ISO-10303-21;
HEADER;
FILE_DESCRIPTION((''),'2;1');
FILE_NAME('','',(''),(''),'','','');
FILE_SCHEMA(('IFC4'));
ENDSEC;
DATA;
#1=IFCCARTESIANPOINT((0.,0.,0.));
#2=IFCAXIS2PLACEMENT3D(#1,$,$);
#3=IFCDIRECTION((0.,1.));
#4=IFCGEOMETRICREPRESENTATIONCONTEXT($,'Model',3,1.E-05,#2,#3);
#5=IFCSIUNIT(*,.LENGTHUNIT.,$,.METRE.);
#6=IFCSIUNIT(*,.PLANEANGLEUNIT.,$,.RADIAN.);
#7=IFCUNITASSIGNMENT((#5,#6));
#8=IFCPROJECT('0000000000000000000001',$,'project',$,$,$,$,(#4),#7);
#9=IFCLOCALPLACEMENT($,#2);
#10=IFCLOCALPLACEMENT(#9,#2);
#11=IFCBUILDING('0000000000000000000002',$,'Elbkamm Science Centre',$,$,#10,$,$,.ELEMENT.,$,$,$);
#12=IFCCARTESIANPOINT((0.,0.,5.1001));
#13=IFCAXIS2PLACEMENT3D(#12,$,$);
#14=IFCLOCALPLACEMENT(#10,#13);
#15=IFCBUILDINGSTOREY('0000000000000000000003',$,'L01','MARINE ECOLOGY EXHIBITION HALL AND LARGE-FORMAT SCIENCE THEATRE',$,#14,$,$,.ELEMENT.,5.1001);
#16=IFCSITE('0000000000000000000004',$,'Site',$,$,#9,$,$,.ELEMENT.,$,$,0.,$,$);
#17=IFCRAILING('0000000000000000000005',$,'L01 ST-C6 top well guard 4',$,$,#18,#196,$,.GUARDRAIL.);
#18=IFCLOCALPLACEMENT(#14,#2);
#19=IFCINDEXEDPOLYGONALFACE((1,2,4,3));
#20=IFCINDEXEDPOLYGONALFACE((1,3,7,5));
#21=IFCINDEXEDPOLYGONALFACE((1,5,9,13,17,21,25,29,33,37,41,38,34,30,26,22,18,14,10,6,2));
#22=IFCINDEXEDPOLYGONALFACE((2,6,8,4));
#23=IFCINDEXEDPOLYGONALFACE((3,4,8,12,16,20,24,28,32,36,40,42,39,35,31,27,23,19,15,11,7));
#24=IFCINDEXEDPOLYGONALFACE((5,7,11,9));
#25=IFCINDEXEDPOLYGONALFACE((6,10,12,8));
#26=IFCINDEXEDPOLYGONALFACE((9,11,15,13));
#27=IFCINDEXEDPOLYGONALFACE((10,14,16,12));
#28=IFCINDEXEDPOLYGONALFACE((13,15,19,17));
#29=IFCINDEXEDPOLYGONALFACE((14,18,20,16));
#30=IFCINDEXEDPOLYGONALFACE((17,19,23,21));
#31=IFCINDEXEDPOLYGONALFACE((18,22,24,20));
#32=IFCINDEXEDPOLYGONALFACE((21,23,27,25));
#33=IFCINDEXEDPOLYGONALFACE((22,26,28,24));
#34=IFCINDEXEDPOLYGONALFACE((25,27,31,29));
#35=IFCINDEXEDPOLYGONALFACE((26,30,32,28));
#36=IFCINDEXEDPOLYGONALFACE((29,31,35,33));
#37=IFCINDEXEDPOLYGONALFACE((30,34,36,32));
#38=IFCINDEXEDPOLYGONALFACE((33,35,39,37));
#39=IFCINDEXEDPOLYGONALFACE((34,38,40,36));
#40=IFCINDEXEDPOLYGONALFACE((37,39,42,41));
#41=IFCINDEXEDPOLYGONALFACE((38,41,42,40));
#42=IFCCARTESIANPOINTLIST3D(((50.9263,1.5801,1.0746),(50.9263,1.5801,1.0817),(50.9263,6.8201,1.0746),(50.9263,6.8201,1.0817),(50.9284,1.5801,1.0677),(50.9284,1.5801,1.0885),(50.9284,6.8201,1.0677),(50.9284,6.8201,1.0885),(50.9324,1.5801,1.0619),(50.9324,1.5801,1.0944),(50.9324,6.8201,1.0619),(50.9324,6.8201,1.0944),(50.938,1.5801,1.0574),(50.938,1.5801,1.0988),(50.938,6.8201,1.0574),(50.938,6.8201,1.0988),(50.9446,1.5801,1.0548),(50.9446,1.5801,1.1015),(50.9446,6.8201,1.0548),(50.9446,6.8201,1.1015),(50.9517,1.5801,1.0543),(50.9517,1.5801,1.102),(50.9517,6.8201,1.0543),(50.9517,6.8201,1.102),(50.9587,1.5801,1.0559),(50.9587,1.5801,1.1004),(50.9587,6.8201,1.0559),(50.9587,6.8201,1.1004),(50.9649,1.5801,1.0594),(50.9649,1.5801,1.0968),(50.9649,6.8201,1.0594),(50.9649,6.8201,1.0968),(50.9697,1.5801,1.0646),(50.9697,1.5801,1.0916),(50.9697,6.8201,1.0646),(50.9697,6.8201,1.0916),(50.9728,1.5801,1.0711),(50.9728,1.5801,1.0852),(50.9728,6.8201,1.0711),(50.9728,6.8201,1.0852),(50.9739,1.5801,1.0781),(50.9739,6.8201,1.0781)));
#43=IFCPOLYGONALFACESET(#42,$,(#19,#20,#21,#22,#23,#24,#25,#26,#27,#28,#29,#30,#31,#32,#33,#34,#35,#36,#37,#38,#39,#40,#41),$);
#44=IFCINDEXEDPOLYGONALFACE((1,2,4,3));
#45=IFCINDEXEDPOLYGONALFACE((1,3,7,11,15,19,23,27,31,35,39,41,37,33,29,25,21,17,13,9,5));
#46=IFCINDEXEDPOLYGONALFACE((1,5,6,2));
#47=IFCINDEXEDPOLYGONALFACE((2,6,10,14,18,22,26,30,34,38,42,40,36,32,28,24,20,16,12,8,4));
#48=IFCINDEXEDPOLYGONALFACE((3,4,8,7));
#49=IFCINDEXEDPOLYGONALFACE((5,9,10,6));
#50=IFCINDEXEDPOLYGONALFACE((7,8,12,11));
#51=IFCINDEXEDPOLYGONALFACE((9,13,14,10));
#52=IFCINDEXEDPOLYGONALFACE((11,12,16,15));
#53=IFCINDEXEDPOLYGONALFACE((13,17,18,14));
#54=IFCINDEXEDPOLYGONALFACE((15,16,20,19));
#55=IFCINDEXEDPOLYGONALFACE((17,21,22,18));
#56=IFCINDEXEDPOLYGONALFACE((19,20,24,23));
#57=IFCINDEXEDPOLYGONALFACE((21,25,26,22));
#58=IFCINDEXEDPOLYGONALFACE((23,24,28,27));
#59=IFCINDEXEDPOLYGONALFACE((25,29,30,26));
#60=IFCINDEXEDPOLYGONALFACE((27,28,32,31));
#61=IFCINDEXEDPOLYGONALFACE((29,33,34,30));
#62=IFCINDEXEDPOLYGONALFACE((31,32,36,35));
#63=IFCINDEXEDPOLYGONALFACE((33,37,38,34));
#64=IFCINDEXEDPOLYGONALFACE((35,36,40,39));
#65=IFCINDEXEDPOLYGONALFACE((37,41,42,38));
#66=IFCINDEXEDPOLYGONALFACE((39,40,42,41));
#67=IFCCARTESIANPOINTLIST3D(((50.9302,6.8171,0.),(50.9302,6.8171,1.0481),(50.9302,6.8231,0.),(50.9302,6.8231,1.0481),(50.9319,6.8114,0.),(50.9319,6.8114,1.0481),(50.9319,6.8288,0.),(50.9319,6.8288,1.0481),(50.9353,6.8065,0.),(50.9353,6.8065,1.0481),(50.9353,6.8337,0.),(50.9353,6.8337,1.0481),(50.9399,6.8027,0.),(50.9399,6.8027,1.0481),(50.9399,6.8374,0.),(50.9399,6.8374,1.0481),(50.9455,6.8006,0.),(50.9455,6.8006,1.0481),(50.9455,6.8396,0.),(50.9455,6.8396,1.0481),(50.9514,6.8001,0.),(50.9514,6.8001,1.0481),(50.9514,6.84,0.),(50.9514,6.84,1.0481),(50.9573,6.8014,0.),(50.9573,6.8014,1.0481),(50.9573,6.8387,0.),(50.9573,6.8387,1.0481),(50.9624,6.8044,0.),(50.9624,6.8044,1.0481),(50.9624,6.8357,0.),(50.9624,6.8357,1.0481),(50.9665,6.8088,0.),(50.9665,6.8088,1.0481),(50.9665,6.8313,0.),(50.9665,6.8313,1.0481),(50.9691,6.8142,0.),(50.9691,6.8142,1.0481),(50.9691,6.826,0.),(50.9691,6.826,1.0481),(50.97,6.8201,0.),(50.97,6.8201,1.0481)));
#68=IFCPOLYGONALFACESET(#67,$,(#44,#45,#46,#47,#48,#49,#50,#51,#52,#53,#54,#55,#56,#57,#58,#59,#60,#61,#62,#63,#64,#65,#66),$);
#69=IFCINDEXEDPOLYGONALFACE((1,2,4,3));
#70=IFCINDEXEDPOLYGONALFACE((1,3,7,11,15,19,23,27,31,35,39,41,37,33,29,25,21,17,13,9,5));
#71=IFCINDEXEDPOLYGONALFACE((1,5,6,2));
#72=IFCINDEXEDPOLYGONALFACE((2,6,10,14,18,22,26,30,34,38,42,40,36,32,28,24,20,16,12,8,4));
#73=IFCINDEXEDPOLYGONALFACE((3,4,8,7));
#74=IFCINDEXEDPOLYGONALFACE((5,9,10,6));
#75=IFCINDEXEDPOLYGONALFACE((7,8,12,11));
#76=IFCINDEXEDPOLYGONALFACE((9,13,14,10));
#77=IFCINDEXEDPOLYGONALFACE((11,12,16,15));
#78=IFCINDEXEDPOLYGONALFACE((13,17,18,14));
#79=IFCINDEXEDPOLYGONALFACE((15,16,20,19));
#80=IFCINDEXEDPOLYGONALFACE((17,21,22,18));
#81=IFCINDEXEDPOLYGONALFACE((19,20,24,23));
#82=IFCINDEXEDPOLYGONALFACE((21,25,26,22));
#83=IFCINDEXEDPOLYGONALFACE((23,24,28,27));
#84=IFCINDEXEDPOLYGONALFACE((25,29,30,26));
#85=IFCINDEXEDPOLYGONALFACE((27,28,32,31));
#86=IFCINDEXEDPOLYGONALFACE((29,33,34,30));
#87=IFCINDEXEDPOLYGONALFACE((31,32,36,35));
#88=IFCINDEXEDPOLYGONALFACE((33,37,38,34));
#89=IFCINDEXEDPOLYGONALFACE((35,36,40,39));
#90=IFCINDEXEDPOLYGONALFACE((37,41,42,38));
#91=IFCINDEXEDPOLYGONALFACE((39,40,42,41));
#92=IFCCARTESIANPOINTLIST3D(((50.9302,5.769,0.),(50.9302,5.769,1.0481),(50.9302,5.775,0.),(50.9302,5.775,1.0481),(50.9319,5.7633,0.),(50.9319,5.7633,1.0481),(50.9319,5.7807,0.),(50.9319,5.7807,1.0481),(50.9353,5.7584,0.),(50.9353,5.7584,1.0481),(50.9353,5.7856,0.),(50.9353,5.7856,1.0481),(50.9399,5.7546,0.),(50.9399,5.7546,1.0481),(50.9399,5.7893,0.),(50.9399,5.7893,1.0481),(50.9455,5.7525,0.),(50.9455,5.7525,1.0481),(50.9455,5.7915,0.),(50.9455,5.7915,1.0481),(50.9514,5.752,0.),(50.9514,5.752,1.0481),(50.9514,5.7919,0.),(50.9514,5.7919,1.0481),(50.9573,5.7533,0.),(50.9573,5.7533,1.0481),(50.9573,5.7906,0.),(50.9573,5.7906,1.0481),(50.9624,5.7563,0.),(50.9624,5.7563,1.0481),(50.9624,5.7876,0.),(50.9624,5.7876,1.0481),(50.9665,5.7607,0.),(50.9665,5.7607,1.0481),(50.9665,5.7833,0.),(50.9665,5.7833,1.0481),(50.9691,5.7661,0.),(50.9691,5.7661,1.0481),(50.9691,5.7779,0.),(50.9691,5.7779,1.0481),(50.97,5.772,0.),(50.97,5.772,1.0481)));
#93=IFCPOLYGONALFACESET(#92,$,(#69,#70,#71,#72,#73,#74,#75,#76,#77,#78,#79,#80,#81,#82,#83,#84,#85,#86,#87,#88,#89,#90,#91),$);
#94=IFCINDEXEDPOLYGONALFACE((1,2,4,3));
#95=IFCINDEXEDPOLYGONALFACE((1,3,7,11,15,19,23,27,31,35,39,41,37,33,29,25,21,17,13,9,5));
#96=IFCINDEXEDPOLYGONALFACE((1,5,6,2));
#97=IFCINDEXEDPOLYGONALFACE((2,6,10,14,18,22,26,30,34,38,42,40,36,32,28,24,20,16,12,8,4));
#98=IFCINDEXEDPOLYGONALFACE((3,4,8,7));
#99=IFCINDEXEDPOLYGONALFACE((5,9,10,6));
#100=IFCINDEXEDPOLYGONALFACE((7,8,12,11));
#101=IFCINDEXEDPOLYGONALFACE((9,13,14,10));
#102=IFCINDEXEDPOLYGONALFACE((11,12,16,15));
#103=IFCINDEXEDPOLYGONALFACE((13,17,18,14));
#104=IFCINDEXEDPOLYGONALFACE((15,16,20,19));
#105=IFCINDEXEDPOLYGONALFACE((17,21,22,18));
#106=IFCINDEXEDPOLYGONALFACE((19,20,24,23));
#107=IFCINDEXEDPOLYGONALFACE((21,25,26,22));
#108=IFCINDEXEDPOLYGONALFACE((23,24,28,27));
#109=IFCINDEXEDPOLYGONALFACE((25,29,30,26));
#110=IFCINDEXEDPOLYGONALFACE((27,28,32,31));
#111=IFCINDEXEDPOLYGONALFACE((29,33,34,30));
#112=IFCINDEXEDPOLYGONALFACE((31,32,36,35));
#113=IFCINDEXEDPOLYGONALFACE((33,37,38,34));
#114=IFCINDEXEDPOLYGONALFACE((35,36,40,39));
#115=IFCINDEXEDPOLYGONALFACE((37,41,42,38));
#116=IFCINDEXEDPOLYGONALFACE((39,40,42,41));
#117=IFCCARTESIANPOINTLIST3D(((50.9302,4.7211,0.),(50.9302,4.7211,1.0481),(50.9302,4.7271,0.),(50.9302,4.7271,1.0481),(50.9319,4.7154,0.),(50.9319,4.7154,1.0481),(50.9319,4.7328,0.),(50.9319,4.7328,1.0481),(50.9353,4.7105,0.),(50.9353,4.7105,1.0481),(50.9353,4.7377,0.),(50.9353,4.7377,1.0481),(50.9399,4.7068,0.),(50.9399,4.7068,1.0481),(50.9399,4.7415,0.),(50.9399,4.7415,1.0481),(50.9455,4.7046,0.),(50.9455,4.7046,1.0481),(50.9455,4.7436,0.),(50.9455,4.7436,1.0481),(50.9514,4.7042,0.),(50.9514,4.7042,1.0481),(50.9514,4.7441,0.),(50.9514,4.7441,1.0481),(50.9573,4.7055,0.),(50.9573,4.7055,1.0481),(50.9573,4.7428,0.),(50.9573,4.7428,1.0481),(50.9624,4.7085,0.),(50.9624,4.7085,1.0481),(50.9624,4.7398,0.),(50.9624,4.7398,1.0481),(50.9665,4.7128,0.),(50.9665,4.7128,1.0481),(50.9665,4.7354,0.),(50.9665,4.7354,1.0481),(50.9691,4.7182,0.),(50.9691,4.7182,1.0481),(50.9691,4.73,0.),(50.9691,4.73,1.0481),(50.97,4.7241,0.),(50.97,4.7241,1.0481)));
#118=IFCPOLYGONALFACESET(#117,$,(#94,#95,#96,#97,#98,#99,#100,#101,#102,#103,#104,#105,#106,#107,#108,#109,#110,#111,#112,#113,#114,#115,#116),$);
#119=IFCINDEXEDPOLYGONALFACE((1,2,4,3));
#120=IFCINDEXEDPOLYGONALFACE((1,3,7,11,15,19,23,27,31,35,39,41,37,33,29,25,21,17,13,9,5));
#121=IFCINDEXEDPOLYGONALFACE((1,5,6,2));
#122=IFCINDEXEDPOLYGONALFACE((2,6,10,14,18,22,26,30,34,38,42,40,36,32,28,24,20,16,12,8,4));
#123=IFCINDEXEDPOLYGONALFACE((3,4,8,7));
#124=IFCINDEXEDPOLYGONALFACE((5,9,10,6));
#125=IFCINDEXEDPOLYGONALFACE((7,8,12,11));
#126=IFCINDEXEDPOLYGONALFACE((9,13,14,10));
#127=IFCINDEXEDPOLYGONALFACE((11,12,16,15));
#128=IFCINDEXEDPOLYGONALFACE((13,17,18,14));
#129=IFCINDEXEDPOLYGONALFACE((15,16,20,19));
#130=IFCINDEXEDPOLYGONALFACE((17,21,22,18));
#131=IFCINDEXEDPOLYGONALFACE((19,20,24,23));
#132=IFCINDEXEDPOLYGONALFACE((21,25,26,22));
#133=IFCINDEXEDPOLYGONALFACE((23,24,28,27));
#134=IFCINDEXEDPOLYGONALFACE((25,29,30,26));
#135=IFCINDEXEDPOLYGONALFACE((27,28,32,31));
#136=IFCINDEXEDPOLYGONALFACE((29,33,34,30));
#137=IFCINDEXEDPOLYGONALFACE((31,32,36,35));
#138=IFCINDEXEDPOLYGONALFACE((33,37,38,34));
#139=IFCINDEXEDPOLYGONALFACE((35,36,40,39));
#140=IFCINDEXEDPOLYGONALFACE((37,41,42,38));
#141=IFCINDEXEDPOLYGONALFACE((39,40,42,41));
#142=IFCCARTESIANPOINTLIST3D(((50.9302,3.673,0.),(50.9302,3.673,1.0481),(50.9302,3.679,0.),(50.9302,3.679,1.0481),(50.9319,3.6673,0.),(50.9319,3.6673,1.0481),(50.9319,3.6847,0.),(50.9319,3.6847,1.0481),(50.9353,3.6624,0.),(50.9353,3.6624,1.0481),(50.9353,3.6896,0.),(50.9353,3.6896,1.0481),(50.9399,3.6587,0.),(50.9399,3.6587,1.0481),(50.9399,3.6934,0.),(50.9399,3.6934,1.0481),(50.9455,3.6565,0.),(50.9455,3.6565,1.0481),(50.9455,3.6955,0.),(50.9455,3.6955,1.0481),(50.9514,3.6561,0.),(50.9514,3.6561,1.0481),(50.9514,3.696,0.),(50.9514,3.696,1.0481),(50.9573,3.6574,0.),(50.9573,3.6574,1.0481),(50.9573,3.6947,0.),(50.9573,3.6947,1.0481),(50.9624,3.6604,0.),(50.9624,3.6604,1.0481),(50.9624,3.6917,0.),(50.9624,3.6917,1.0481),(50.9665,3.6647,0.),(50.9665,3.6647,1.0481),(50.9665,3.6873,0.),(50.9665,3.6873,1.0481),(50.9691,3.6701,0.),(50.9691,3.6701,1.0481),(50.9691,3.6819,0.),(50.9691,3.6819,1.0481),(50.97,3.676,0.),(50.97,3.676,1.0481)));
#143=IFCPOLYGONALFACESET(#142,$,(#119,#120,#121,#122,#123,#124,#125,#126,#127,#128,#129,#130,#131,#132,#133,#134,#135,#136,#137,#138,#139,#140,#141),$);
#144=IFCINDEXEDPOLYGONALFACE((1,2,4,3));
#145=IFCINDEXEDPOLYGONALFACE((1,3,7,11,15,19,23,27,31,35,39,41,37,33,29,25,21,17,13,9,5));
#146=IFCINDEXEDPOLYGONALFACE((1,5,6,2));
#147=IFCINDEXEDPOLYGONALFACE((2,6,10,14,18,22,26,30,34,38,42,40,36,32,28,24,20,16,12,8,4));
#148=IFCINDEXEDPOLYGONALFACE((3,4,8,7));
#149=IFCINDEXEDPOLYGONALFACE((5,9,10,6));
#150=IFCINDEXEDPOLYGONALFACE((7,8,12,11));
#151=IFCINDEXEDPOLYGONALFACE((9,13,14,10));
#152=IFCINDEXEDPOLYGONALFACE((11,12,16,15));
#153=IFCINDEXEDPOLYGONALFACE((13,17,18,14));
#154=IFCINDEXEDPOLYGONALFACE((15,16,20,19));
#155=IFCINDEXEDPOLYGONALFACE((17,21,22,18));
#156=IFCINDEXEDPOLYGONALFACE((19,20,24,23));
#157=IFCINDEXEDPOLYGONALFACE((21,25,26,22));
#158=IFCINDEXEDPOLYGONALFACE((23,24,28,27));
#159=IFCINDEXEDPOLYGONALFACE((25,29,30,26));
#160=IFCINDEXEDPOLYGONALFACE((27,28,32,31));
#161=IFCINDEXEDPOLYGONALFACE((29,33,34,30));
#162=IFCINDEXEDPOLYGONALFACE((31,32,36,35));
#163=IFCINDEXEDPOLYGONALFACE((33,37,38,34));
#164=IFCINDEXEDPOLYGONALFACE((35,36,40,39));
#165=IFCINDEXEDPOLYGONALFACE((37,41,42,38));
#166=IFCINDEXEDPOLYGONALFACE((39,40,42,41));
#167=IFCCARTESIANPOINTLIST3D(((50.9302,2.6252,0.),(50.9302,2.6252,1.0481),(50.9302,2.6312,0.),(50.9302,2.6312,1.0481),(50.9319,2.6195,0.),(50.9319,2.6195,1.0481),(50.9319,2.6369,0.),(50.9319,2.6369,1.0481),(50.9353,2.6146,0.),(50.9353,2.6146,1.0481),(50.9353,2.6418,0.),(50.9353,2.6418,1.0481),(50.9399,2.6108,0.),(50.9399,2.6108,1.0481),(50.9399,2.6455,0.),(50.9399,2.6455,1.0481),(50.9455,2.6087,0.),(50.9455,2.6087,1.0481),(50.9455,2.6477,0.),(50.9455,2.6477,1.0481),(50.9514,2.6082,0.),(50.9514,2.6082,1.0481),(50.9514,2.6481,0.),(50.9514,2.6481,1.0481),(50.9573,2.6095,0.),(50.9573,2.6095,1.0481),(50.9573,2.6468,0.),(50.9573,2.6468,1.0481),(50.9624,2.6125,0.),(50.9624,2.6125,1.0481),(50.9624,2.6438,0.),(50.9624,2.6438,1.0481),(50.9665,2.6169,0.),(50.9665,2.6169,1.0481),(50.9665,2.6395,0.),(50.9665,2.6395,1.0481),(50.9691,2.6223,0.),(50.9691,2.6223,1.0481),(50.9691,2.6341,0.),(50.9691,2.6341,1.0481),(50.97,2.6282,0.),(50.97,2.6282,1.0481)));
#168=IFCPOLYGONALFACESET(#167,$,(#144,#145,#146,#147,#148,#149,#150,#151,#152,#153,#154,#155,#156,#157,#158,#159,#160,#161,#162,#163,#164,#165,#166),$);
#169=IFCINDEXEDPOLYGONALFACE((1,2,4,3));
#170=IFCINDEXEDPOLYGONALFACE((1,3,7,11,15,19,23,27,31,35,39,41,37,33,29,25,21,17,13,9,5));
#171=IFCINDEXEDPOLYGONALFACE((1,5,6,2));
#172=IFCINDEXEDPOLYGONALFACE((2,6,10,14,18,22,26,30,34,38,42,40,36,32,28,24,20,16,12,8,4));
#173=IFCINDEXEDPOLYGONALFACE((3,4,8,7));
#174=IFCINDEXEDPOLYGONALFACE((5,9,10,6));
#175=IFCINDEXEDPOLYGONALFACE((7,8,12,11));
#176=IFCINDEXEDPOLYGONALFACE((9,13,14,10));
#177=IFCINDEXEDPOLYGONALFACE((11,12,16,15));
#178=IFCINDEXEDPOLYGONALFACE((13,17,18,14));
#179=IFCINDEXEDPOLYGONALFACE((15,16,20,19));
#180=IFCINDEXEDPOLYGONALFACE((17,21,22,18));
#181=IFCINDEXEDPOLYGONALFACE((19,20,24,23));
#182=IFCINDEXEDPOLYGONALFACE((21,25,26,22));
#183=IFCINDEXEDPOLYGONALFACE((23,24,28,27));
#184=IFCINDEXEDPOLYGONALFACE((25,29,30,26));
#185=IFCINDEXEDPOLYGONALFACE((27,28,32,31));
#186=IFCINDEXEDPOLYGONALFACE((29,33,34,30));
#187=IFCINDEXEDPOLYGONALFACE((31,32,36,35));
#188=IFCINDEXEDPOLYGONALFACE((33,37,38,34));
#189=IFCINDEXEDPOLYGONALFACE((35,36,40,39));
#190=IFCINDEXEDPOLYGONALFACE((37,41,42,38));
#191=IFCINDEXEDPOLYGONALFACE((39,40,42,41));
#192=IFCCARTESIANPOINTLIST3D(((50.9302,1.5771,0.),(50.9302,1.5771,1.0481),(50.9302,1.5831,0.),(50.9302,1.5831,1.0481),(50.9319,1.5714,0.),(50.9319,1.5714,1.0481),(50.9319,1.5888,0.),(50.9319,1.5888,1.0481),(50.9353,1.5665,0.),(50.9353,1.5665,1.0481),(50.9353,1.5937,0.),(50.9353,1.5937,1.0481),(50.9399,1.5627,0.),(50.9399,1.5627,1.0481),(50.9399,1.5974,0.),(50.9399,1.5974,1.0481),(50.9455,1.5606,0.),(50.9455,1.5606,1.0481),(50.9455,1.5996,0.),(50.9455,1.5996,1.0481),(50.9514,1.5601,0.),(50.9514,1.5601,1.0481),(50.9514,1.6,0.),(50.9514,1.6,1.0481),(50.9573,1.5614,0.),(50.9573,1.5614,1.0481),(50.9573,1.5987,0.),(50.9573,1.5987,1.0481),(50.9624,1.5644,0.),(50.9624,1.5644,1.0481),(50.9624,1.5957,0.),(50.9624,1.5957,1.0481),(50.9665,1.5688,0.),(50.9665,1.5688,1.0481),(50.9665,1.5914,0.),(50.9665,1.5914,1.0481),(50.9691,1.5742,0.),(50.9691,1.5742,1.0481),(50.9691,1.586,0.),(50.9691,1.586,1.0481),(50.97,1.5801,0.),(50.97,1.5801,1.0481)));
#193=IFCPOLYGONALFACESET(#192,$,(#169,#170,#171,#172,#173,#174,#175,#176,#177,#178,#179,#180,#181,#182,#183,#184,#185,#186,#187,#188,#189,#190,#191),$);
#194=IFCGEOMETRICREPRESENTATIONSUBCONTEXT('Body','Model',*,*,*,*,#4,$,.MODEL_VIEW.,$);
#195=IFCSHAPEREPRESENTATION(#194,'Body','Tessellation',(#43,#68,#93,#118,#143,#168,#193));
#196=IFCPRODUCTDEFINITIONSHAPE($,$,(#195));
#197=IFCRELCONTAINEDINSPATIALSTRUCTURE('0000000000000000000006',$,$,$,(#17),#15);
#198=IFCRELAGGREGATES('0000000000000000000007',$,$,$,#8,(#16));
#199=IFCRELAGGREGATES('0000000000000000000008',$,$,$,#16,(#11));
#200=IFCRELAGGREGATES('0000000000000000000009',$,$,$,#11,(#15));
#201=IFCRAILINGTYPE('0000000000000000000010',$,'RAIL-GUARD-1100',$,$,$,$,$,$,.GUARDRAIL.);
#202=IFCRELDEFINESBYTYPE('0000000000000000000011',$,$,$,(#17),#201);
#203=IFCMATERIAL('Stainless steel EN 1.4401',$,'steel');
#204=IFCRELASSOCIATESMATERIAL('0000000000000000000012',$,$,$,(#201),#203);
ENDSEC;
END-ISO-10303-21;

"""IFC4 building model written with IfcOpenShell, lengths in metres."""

from ifc_helpers import new_model, si_unit, direction, frame, origin, origin_2d, place, context, subcontext, project, spatial, circle, extrude, material, type_object, element, save


model = new_model("IFC4")

# Units and contexts
model_context = context("Model", 3, precision=1e-05, world=origin(), true_north=direction((0.0, 1.0)))
body_context = subcontext(model_context, "Body", "Model", "MODEL_VIEW")
ifc_project = project(units=[si_unit("LENGTHUNIT", "METRE"), si_unit("PLANEANGLEUNIT", "RADIAN")], contexts=[model_context])

# Site, building, storey
site_placement = place(None, origin())
site = spatial("IfcSite", under=ifc_project, at=site_placement, Name="Site", CompositionType="ELEMENT", RefElevation=0.0)
building_placement = place(site_placement, origin())
building = spatial("IfcBuilding", under=site, at=building_placement, Name="Elbkamm Science Centre", CompositionType="ELEMENT")
storey_placement = place(building_placement, frame((0.0, 0.0, 5.1001)))
storey = spatial("IfcBuildingStorey", under=building, at=storey_placement, Name="L01", Description="MARINE ECOLOGY EXHIBITION HALL AND LARGE-FORMAT SCIENCE THEATRE", CompositionType="ELEMENT", Elevation=5.1001)

# Railing
ifc_material_1 = material(Name="Stainless steel EN 1.4401", Category="steel")
railing_type_1 = type_object("IfcRailingType", Name="RAIL-GUARD-1100", PredefinedType="GUARDRAIL", material=ifc_material_1)
railing_1_placement = place(storey_placement, frame((50.95, 6.8201, 0.0)))
element("IfcRailing", 1, at=railing_1_placement, inside=storey, type_object=railing_type_1, Name="L01 ST-C6 top well guard 4", PredefinedType="GUARDRAIL", context=body_context, shape_type="SweptSolid", body=[
    extrude(circle(Radius=0.0239, at=origin_2d()), frame((0.0, 0.0, 1.0781), z_axis=(0.0, -1.0, 0.0), x_axis=(1.0, 0.0, 0.0)), (0.0, 0.0, 1.0), 5.24),
    extrude(circle(Radius=0.02, at=origin_2d()), origin(), (0.0, 0.0, 1.0), 1.0481),
    extrude(circle(Radius=0.02, at=origin_2d()), frame((0.0, -1.0481, 0.0)), (0.0, 0.0, 1.0), 1.0481),
    extrude(circle(Radius=0.02, at=origin_2d()), frame((0.0, -2.0959, 0.0)), (0.0, 0.0, 1.0), 1.0481),
    extrude(circle(Radius=0.02, at=origin_2d()), frame((0.0, -3.144, 0.0)), (0.0, 0.0, 1.0), 1.0481),
    extrude(circle(Radius=0.02, at=origin_2d()), frame((0.0, -4.1919, 0.0)), (0.0, 0.0, 1.0), 1.0481),
    extrude(circle(Radius=0.02, at=origin_2d()), frame((0.0, -5.24, 0.0)), (0.0, 0.0, 1.0), 1.0481),
])

save(model, "model.ifc")
